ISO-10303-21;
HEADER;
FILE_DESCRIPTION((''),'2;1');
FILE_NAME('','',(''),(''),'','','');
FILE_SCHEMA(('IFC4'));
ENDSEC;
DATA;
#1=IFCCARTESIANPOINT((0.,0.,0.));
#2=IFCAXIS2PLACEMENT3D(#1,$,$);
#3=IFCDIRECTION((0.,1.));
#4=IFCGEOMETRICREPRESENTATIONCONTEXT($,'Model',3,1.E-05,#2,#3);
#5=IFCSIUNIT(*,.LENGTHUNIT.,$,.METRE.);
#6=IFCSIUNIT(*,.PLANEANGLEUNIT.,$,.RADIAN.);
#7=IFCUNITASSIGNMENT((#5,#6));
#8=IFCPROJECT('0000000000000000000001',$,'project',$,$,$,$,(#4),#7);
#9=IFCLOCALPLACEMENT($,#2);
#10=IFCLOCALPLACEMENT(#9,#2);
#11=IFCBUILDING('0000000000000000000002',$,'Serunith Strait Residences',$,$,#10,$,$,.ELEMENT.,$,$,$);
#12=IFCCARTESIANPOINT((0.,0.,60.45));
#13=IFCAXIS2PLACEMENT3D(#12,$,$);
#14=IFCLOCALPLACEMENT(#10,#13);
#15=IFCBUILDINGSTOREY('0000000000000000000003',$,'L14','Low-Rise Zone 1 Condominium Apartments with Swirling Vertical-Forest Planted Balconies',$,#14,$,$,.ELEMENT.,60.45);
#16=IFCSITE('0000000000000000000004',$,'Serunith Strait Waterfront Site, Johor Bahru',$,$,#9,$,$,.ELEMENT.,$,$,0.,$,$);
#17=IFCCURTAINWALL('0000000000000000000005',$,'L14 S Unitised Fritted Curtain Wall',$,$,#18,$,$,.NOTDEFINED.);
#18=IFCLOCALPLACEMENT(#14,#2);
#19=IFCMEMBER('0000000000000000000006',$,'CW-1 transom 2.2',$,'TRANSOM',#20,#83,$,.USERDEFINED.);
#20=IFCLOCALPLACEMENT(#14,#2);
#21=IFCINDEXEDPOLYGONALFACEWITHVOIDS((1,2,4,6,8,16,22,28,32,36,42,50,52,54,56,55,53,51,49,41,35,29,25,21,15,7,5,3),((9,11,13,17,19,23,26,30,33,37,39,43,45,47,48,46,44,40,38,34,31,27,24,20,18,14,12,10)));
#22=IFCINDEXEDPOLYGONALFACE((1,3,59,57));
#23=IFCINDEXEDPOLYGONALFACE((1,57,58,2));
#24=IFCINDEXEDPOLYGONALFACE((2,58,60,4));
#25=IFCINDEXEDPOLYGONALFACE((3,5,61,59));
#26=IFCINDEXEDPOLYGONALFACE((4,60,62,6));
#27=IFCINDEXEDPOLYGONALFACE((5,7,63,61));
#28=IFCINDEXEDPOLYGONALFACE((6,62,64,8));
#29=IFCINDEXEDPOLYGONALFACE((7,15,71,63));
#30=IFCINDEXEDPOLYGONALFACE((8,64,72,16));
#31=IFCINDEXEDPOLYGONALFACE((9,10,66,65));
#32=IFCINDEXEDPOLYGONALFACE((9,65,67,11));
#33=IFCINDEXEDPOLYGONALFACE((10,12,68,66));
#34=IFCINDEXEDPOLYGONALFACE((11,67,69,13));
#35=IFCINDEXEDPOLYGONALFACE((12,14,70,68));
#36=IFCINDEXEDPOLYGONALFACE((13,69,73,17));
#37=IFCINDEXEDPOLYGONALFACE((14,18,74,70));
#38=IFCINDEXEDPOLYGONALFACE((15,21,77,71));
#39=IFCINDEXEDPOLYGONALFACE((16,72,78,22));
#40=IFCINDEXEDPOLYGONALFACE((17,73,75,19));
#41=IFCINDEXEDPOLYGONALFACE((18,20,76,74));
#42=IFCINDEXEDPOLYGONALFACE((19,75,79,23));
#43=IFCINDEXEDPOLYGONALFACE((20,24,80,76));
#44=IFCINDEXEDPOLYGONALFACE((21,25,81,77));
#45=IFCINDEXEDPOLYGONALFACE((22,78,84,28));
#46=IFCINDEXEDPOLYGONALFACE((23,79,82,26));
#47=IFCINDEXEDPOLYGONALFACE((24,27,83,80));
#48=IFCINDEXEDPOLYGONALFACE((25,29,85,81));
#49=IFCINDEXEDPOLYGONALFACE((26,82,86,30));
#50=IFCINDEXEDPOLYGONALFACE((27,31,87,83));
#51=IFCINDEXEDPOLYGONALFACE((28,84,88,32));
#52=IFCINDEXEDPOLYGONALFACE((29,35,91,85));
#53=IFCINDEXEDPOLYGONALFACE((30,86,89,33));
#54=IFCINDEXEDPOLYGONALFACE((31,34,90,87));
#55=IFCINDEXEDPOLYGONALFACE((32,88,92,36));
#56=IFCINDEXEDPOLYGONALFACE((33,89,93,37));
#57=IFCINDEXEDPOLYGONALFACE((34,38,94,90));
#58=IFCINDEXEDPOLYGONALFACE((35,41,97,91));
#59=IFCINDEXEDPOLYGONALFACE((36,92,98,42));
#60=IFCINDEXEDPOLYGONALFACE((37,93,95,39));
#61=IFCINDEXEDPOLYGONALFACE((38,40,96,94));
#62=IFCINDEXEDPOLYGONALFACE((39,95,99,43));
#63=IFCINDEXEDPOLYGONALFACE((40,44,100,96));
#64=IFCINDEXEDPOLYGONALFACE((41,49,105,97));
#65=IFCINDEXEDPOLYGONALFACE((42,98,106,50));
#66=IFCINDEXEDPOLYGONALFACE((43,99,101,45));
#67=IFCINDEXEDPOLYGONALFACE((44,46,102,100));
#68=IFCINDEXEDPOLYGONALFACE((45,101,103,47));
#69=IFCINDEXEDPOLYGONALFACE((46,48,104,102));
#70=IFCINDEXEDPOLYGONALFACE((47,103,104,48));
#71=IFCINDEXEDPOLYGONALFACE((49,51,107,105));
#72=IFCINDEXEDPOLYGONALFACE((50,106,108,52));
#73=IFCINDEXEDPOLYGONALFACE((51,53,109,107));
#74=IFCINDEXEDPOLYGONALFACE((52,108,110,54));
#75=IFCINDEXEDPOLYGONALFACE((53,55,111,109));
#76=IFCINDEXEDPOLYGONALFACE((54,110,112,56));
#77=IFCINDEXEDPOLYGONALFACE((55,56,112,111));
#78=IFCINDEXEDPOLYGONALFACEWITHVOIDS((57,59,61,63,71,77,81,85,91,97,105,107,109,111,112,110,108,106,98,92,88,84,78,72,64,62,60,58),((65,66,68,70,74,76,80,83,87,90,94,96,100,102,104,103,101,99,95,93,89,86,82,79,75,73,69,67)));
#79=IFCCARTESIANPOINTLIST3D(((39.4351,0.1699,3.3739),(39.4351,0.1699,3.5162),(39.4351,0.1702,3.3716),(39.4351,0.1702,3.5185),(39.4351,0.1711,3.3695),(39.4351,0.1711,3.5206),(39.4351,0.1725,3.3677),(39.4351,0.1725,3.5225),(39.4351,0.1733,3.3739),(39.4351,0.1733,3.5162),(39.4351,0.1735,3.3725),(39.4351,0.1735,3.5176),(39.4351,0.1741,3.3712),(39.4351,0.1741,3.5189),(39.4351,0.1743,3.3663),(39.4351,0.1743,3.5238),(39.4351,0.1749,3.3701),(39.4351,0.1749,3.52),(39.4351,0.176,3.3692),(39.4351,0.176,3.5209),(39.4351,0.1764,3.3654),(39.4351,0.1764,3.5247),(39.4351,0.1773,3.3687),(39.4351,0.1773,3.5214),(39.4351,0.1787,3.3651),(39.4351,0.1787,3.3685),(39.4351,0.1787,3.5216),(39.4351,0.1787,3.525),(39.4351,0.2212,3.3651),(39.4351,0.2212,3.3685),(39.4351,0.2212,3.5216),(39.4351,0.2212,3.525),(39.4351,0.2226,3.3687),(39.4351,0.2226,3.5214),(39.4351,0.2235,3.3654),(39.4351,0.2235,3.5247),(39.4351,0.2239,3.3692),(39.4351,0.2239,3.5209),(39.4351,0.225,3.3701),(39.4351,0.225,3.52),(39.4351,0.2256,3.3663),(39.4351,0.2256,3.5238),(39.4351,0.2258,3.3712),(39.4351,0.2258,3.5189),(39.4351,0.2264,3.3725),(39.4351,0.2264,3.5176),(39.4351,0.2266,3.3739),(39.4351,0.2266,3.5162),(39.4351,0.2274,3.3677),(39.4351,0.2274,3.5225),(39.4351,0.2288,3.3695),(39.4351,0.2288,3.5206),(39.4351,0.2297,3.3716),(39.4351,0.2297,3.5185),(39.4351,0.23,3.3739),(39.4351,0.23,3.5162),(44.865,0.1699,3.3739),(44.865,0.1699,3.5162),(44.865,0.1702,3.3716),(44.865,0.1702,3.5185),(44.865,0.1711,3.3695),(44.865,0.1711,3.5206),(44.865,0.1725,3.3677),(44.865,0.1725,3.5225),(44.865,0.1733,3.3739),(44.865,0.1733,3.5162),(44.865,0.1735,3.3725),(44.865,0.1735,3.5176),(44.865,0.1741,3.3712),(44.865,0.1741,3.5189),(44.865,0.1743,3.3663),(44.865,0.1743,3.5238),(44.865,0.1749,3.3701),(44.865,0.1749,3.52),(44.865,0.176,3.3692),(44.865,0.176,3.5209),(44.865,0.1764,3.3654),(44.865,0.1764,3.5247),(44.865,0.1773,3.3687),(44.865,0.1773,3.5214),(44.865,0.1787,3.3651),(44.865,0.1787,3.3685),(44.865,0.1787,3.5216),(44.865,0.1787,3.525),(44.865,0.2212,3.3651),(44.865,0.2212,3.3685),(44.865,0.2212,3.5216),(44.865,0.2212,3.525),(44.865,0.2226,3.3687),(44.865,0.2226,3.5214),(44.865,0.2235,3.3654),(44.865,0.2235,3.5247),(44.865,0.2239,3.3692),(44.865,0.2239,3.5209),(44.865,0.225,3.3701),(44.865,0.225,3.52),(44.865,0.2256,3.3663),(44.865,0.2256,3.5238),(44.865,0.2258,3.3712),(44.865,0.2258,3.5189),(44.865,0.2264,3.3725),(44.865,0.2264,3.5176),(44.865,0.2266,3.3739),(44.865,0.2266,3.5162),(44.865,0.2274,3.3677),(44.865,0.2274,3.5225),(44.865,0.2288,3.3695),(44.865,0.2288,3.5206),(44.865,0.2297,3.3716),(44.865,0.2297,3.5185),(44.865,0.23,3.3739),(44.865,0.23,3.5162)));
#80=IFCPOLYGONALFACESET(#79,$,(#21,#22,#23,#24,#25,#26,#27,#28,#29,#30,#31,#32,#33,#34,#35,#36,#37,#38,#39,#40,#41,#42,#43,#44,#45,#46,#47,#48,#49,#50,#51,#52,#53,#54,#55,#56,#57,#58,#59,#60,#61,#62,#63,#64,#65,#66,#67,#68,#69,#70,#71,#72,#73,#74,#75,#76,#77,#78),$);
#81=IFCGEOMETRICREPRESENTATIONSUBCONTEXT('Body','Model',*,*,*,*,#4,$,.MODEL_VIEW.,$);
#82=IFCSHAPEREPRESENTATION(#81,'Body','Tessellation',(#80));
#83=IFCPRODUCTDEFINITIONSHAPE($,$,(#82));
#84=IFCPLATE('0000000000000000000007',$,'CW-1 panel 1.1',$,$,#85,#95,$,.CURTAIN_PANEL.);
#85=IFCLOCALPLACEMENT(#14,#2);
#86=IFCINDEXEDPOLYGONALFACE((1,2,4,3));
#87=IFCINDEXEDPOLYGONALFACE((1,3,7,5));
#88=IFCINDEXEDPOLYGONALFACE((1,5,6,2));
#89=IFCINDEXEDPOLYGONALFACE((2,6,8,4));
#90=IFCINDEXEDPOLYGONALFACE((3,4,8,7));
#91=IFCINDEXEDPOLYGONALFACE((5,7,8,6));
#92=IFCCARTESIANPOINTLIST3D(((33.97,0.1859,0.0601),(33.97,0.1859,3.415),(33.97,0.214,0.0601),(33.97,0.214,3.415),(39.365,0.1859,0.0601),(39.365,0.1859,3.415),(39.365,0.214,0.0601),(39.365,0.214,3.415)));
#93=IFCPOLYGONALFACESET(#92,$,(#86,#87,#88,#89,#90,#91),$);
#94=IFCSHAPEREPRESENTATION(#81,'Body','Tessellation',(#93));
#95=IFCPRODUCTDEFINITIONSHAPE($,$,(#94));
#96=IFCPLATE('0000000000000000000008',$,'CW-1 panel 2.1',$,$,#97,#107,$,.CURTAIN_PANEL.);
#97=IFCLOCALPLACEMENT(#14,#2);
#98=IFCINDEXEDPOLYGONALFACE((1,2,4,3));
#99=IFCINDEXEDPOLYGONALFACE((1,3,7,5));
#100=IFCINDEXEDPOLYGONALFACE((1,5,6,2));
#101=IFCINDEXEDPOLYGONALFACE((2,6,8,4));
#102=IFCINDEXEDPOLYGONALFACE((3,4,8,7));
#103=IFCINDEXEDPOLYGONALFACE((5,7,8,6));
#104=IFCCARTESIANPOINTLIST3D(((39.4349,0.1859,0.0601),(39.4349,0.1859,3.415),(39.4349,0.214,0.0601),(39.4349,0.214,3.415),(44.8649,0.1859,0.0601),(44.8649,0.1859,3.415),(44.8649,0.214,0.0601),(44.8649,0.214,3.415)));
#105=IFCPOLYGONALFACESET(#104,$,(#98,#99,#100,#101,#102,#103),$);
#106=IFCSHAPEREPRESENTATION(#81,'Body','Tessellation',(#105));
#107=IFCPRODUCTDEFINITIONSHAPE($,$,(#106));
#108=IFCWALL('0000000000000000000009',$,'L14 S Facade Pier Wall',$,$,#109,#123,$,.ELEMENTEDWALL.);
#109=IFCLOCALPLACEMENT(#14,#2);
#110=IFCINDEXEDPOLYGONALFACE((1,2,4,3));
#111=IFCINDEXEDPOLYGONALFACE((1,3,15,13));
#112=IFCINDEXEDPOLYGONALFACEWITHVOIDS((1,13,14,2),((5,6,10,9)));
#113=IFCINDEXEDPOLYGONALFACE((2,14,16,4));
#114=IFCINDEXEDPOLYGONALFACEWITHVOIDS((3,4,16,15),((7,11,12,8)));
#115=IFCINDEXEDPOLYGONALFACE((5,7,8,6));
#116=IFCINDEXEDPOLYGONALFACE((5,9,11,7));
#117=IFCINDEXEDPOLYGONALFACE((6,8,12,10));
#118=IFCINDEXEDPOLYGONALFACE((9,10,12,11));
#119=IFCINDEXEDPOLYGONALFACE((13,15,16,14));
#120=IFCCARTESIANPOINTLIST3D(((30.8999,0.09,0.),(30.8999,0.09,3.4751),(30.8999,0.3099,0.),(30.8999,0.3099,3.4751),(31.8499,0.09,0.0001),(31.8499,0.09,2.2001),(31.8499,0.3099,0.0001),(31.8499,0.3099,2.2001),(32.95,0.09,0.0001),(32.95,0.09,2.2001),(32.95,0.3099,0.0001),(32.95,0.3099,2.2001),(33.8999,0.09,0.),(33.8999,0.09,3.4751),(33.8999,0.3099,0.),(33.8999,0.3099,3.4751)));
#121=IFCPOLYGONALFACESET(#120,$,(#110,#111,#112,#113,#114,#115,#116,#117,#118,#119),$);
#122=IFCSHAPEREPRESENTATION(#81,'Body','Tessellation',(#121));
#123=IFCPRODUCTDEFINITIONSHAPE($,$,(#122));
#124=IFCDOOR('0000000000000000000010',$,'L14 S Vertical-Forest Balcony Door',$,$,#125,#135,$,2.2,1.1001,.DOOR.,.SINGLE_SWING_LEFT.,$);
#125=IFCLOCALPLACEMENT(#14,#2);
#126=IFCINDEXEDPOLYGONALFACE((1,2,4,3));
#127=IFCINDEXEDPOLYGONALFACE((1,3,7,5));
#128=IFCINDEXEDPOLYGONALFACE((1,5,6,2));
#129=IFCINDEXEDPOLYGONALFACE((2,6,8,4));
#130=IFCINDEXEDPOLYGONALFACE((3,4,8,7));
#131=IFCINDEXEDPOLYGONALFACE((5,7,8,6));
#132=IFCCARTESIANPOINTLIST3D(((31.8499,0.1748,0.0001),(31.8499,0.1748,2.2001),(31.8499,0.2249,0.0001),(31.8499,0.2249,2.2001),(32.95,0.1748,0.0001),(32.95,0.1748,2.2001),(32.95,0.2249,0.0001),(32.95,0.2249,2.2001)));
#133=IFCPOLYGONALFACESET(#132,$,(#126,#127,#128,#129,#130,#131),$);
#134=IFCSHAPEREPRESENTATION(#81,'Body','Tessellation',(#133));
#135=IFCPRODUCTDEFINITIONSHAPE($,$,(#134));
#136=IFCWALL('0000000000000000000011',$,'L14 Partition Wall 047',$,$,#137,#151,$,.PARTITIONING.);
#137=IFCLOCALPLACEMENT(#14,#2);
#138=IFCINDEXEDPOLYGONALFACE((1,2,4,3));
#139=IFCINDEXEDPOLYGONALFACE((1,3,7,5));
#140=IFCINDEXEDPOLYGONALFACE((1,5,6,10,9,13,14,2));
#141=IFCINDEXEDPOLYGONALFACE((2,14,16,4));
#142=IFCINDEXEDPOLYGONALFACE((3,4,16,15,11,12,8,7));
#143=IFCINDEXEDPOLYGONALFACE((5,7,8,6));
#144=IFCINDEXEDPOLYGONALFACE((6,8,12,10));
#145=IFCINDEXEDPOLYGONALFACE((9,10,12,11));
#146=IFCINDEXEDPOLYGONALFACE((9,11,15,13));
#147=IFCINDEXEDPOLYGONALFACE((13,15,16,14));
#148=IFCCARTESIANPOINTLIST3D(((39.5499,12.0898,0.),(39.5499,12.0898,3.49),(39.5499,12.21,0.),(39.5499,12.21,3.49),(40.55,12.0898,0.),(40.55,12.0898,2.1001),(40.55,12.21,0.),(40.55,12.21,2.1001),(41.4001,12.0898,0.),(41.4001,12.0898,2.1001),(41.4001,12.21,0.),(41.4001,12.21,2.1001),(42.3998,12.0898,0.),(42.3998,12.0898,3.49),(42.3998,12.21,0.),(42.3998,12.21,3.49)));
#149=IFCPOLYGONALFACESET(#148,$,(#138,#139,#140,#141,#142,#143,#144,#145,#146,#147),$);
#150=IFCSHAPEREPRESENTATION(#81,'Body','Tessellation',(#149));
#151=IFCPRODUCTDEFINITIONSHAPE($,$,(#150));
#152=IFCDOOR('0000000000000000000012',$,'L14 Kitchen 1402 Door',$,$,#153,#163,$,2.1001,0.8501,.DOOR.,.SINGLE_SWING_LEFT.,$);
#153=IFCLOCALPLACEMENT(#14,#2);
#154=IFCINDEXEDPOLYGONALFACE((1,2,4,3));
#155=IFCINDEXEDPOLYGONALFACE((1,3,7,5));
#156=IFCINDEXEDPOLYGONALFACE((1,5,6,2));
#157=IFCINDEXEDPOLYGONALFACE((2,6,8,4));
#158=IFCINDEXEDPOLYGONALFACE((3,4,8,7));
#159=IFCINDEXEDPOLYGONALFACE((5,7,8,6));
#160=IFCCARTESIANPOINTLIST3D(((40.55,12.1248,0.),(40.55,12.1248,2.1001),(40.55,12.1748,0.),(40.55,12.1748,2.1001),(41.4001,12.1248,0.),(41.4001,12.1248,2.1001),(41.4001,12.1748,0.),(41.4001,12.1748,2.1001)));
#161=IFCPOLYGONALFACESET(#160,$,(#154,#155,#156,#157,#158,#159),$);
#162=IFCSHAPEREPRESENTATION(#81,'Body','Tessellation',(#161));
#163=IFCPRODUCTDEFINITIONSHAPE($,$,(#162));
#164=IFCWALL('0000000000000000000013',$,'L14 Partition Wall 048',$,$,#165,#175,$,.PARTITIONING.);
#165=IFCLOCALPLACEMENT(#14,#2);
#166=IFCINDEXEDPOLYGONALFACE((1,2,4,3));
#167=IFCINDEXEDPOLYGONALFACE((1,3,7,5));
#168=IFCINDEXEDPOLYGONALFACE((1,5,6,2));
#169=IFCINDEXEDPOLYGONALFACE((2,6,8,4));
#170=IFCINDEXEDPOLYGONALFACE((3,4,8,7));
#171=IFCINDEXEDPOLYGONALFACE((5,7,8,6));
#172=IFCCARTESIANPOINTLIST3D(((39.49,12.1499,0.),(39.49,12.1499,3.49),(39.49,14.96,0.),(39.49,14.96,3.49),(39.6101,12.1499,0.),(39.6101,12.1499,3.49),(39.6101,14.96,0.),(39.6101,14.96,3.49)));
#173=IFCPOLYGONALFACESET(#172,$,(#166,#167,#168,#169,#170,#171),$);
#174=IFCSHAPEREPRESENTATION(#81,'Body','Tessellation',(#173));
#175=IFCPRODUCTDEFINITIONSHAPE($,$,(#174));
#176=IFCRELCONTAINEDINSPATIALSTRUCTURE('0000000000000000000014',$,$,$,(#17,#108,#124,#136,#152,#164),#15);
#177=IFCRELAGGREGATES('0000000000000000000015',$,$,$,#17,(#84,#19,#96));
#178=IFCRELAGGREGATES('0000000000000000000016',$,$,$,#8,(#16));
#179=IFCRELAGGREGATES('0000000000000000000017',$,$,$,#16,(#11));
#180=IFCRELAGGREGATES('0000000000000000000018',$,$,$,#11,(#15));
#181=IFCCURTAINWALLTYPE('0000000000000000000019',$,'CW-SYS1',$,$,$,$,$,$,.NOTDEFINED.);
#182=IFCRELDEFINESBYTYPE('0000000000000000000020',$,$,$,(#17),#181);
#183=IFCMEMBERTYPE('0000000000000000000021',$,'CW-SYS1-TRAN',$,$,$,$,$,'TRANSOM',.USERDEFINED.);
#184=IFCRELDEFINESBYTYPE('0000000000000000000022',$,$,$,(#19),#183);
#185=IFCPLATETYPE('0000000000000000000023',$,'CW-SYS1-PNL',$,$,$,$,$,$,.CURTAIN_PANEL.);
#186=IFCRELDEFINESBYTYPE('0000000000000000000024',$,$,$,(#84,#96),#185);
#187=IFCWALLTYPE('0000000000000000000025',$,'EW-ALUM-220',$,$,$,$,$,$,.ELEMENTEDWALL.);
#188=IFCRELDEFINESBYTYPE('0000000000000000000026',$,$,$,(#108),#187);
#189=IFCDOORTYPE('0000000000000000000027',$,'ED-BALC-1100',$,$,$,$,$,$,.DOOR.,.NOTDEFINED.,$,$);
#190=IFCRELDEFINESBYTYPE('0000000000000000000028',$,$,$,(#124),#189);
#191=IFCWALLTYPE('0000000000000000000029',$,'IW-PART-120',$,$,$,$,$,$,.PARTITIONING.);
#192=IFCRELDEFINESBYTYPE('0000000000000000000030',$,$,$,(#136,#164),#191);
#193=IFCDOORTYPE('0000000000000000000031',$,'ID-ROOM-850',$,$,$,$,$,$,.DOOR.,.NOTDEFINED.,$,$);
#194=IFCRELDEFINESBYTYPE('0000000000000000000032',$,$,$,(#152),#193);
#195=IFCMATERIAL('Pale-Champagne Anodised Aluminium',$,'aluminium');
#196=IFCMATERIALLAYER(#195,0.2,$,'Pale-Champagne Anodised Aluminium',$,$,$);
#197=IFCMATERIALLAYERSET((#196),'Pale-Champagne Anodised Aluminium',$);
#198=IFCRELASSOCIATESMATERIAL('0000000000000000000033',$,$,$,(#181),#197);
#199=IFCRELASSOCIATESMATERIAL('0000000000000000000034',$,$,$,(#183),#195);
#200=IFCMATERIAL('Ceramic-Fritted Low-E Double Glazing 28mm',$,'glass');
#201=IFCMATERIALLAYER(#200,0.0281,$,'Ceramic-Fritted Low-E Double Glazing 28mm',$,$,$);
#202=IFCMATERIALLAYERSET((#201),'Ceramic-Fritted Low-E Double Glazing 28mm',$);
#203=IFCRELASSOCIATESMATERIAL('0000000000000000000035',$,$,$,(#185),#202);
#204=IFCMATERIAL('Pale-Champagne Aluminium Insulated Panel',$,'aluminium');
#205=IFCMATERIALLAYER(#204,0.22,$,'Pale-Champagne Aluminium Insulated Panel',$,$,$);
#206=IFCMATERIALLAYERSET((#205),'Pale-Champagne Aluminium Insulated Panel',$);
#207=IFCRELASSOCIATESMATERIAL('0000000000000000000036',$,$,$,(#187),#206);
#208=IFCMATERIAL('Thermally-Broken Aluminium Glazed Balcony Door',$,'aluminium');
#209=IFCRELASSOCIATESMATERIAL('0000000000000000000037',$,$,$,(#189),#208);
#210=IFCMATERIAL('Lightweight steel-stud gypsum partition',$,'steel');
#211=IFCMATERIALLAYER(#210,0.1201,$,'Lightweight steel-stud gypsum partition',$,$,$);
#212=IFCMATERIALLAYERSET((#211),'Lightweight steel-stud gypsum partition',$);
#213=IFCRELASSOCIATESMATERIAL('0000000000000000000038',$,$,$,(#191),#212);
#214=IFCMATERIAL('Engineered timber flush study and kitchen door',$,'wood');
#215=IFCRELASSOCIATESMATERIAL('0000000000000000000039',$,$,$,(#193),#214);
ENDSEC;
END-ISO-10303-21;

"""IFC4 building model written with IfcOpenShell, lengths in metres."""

from ifc_helpers import new_model, si_unit, direction, frame, frame_2d, origin, origin_2d, place, context, subcontext, project, spatial, rectangle, hollow_rectangle, extrude, source, transform, mapped, material, layer, layer_set, material_profile, profile_set, type_object, element, fill, aggregate, save


model = new_model("IFC4")

# Units and contexts
model_context = context("Model", 3, precision=1e-05, world=origin(), true_north=direction((0.0, 1.0)))
body_context = subcontext(model_context, "Body", "Model", "MODEL_VIEW")
ifc_project = project(units=[si_unit("LENGTHUNIT", "METRE"), si_unit("PLANEANGLEUNIT", "RADIAN")], contexts=[model_context])

# Site, building, storey
site_placement = place(None, origin())
site = spatial("IfcSite", under=ifc_project, at=site_placement, Name="Serunith Strait Waterfront Site, Johor Bahru", CompositionType="ELEMENT", RefElevation=0.0)
building_placement = place(site_placement, origin())
building = spatial("IfcBuilding", under=site, at=building_placement, Name="Serunith Strait Residences", CompositionType="ELEMENT")
storey_placement = place(building_placement, frame((0.0, 0.0, 60.45)))
storey = spatial("IfcBuildingStorey", under=building, at=storey_placement, Name="L14", Description="Low-Rise Zone 1 Condominium Apartments with Swirling Vertical-Forest Planted Balconies", CompositionType="ELEMENT", Elevation=60.45)

# Shared definitions
ifc_material_1 = material(Name="Pale-Champagne Anodised Aluminium", Category="aluminium")
ifc_layer_1 = layer(ifc_material_1, 0.2, Name="Pale-Champagne Anodised Aluminium")
ifc_layer_set_1 = layer_set([ifc_layer_1], Name="Pale-Champagne Anodised Aluminium")
curtain_wall_type = type_object("IfcCurtainWallType", Name="CW-SYS1", PredefinedType="NOTDEFINED", material=ifc_layer_set_1)

# Curtain wall, member, plates
curtain_wall_1_placement = place(storey_placement, origin())
curtain_wall_1 = element("IfcCurtainWall", 1, at=curtain_wall_1_placement, inside=storey, type_object=curtain_wall_type, Name="L14 S Unitised Fritted Curtain Wall", PredefinedType="NOTDEFINED")
ifc_material_profile_1 = material_profile(ifc_material_1, hollow_rectangle(XDim=0.0601, YDim=0.1599, WallThickness=0.0034, InnerFilletRadius=0.0054, OuterFilletRadius=0.0088, at=origin_2d()), Name="ALU 160x60x3.5")
ifc_profile_set_1 = profile_set([ifc_material_profile_1], Name="Pale-Champagne Anodised Aluminium")
member_type_1 = type_object("IfcMemberType", Name="CW-SYS1-TRAN", ElementType="TRANSOM", PredefinedType="USERDEFINED", material=ifc_profile_set_1)
shared_shape_1 = source(origin(), body_context, "Body", "SweptSolid", [
    extrude(hollow_rectangle(XDim=0.0601, YDim=0.1599, WallThickness=0.0034, InnerFilletRadius=0.0054, OuterFilletRadius=0.0088, at=origin_2d()), origin(), (0.0, 0.0, 1.0), 5.4299),
])
member_1_placement = place(storey_placement, frame((39.4351, 0.2, 3.4451), z_axis=(1.0, 0.0, 0.0), x_axis=(0.0, 1.0, 0.0)))
member_1 = element("IfcMember", 2, at=member_1_placement, type_object=member_type_1, Name="CW-1 transom 2.2", ObjectType="TRANSOM", PredefinedType="USERDEFINED", context=body_context, shape_type="MappedRepresentation", body=[
    mapped(shared_shape_1, transform((0.0, 0.0, 0.0), scale=1.0)),
])
ifc_material_2 = material(Name="Ceramic-Fritted Low-E Double Glazing 28mm", Category="glass")
ifc_layer_2 = layer(ifc_material_2, 0.0281, Name="Ceramic-Fritted Low-E Double Glazing 28mm")
ifc_layer_set_2 = layer_set([ifc_layer_2], Name="Ceramic-Fritted Low-E Double Glazing 28mm")
plate_type = type_object("IfcPlateType", Name="CW-SYS1-PNL", PredefinedType="CURTAIN_PANEL", material=ifc_layer_set_2)
shared_shape_2 = source(origin(), body_context, "Body", "SweptSolid", [
    extrude(rectangle(XDim=5.395, YDim=0.0281, at=origin_2d()), origin(), (0.0, 0.0, 1.0), 3.355),
])
plate_1_placement = place(storey_placement, frame((36.6675, 0.2, 0.0601), z_axis=(0.0, 0.0, 1.0), x_axis=(1.0, 0.0, 0.0)))
plate_1 = element("IfcPlate", 3, at=plate_1_placement, type_object=plate_type, Name="CW-1 panel 1.1", PredefinedType="CURTAIN_PANEL", context=body_context, shape_type="MappedRepresentation", body=[
    mapped(shared_shape_2, transform((0.0, 0.0, 0.0), scale=1.0)),
])
shared_shape_3 = source(origin(), body_context, "Body", "SweptSolid", [
    extrude(rectangle(XDim=5.4299, YDim=0.0281, at=origin_2d()), origin(), (0.0, 0.0, 1.0), 3.355),
])
plate_2_placement = place(storey_placement, frame((42.1499, 0.2, 0.0601), z_axis=(0.0, 0.0, 1.0), x_axis=(1.0, 0.0, 0.0)))
plate_2 = element("IfcPlate", 4, at=plate_2_placement, type_object=plate_type, Name="CW-1 panel 2.1", PredefinedType="CURTAIN_PANEL", context=body_context, shape_type="MappedRepresentation", body=[
    mapped(shared_shape_3, transform((0.0, 0.0, 0.0), scale=1.0)),
])
aggregate(curtain_wall_1, [plate_1, member_1, plate_2])

# Walls, openings, doors
ifc_material_3 = material(Name="Pale-Champagne Aluminium Insulated Panel", Category="aluminium")
ifc_layer_3 = layer(ifc_material_3, 0.22, Name="Pale-Champagne Aluminium Insulated Panel")
ifc_layer_set_3 = layer_set([ifc_layer_3], Name="Pale-Champagne Aluminium Insulated Panel")
wall_type_1 = type_object("IfcWallType", Name="EW-ALUM-220", PredefinedType="ELEMENTEDWALL", material=ifc_layer_set_3)
wall_1_placement = place(storey_placement, frame((30.8999, 0.2, 0.0), z_axis=(0.0, 0.0, 1.0), x_axis=(1.0, 0.0, 0.0)))
wall_1 = element("IfcWall", 5, at=wall_1_placement, inside=storey, type_object=wall_type_1, Name="L14 S Facade Pier Wall", PredefinedType="ELEMENTEDWALL", context=body_context, shape_type="SweptSolid", body=[
    extrude(rectangle(XDim=3.0, YDim=0.22, at=frame_2d((1.5, 0.0))), origin(), (0.0, 0.0, 1.0), 3.4751),
])
opening_1_placement = place(wall_1_placement, frame((0.95, 0.0, 0.0)))
opening_1 = element("IfcOpeningElement", 6, at=opening_1_placement, cuts=wall_1, PredefinedType="OPENING", context=body_context, shape_type="SweptSolid", body=[
    extrude(rectangle(XDim=1.1001, YDim=2.2, at=frame_2d((0.55, 1.1001))), frame((0.0, 0.1201, 0.0), z_axis=(0.0, -1.0, 0.0), x_axis=(1.0, 0.0, 0.0)), (0.0, 0.0, 1.0), 0.24),
])
ifc_material_4 = material(Name="Thermally-Broken Aluminium Glazed Balcony Door", Category="aluminium")
door_type_1 = type_object("IfcDoorType", Name="ED-BALC-1100", OperationType="NOTDEFINED", PredefinedType="DOOR", material=ifc_material_4)
shared_shape_4 = source(origin(), body_context, "Body", "SweptSolid", [
    extrude(rectangle(XDim=1.1001, YDim=2.2, at=frame_2d((0.55, 1.1001))), frame((0.0, 0.0249, 0.0), z_axis=(0.0, -1.0, 0.0), x_axis=(1.0, 0.0, 0.0)), (0.0, 0.0, 1.0), 0.05),
])
door_1_placement = place(opening_1_placement, origin())
door_1 = element("IfcDoor", 7, at=door_1_placement, inside=storey, type_object=door_type_1, Name="L14 S Vertical-Forest Balcony Door", OperationType="SINGLE_SWING_LEFT", OverallHeight=2.2, OverallWidth=1.1001, PredefinedType="DOOR", context=body_context, shape_type="MappedRepresentation", body=[
    mapped(shared_shape_4, transform((0.0, 0.0, 0.0), scale=1.0)),
])
fill(opening_1, door_1)
ifc_material_5 = material(Name="Lightweight steel-stud gypsum partition", Category="steel")
ifc_layer_4 = layer(ifc_material_5, 0.1201, Name="Lightweight steel-stud gypsum partition")
ifc_layer_set_4 = layer_set([ifc_layer_4], Name="Lightweight steel-stud gypsum partition")
wall_type_2 = type_object("IfcWallType", Name="IW-PART-120", PredefinedType="PARTITIONING", material=ifc_layer_set_4)
wall_2_placement = place(storey_placement, frame((39.55, 12.1499, 0.0), z_axis=(0.0, 0.0, 1.0), x_axis=(1.0, 0.0, 0.0)))
wall_2 = element("IfcWall", 8, at=wall_2_placement, inside=storey, type_object=wall_type_2, Name="L14 Partition Wall 047", PredefinedType="PARTITIONING", context=body_context, shape_type="SweptSolid", body=[
    extrude(rectangle(XDim=2.8499, YDim=0.1201, at=frame_2d((1.4248, 0.0))), origin(), (0.0, 0.0, 1.0), 3.49),
])
opening_2_placement = place(wall_2_placement, frame((1.0, 0.0, 0.0)))
opening_2 = element("IfcOpeningElement", 9, at=opening_2_placement, cuts=wall_2, PredefinedType="OPENING", context=body_context, shape_type="SweptSolid", body=[
    extrude(rectangle(XDim=0.8501, YDim=2.1001, at=frame_2d((0.425, 1.05))), frame((0.0, 0.0701, 0.0), z_axis=(0.0, -1.0, 0.0), x_axis=(1.0, 0.0, 0.0)), (0.0, 0.0, 1.0), 0.1401),
])
ifc_material_6 = material(Name="Engineered timber flush study and kitchen door", Category="wood")
door_type_2 = type_object("IfcDoorType", Name="ID-ROOM-850", OperationType="NOTDEFINED", PredefinedType="DOOR", material=ifc_material_6)
shared_shape_5 = source(origin(), body_context, "Body", "SweptSolid", [
    extrude(rectangle(XDim=0.8501, YDim=2.1001, at=frame_2d((0.425, 1.05))), frame((0.0, 0.0249, 0.0), z_axis=(0.0, -1.0, 0.0), x_axis=(1.0, 0.0, 0.0)), (0.0, 0.0, 1.0), 0.05),
])
door_2_placement = place(opening_2_placement, origin())
door_2 = element("IfcDoor", 10, at=door_2_placement, inside=storey, type_object=door_type_2, Name="L14 Kitchen 1402 Door", OperationType="SINGLE_SWING_LEFT", OverallHeight=2.1001, OverallWidth=0.8501, PredefinedType="DOOR", context=body_context, shape_type="MappedRepresentation", body=[
    mapped(shared_shape_5, transform((0.0, 0.0, 0.0), scale=1.0)),
])
fill(opening_2, door_2)

# Wall
wall_3_placement = place(storey_placement, frame((39.55, 12.1499, 0.0), z_axis=(0.0, 0.0, 1.0), x_axis=(0.0, 1.0, 0.0)))
element("IfcWall", 11, at=wall_3_placement, inside=storey, type_object=wall_type_2, Name="L14 Partition Wall 048", PredefinedType="PARTITIONING", context=body_context, shape_type="SweptSolid", body=[
    extrude(rectangle(XDim=2.8101, YDim=0.1201, at=frame_2d((1.405, 0.0))), origin(), (0.0, 0.0, 1.0), 3.49),
])

save(model, "model.ifc")
